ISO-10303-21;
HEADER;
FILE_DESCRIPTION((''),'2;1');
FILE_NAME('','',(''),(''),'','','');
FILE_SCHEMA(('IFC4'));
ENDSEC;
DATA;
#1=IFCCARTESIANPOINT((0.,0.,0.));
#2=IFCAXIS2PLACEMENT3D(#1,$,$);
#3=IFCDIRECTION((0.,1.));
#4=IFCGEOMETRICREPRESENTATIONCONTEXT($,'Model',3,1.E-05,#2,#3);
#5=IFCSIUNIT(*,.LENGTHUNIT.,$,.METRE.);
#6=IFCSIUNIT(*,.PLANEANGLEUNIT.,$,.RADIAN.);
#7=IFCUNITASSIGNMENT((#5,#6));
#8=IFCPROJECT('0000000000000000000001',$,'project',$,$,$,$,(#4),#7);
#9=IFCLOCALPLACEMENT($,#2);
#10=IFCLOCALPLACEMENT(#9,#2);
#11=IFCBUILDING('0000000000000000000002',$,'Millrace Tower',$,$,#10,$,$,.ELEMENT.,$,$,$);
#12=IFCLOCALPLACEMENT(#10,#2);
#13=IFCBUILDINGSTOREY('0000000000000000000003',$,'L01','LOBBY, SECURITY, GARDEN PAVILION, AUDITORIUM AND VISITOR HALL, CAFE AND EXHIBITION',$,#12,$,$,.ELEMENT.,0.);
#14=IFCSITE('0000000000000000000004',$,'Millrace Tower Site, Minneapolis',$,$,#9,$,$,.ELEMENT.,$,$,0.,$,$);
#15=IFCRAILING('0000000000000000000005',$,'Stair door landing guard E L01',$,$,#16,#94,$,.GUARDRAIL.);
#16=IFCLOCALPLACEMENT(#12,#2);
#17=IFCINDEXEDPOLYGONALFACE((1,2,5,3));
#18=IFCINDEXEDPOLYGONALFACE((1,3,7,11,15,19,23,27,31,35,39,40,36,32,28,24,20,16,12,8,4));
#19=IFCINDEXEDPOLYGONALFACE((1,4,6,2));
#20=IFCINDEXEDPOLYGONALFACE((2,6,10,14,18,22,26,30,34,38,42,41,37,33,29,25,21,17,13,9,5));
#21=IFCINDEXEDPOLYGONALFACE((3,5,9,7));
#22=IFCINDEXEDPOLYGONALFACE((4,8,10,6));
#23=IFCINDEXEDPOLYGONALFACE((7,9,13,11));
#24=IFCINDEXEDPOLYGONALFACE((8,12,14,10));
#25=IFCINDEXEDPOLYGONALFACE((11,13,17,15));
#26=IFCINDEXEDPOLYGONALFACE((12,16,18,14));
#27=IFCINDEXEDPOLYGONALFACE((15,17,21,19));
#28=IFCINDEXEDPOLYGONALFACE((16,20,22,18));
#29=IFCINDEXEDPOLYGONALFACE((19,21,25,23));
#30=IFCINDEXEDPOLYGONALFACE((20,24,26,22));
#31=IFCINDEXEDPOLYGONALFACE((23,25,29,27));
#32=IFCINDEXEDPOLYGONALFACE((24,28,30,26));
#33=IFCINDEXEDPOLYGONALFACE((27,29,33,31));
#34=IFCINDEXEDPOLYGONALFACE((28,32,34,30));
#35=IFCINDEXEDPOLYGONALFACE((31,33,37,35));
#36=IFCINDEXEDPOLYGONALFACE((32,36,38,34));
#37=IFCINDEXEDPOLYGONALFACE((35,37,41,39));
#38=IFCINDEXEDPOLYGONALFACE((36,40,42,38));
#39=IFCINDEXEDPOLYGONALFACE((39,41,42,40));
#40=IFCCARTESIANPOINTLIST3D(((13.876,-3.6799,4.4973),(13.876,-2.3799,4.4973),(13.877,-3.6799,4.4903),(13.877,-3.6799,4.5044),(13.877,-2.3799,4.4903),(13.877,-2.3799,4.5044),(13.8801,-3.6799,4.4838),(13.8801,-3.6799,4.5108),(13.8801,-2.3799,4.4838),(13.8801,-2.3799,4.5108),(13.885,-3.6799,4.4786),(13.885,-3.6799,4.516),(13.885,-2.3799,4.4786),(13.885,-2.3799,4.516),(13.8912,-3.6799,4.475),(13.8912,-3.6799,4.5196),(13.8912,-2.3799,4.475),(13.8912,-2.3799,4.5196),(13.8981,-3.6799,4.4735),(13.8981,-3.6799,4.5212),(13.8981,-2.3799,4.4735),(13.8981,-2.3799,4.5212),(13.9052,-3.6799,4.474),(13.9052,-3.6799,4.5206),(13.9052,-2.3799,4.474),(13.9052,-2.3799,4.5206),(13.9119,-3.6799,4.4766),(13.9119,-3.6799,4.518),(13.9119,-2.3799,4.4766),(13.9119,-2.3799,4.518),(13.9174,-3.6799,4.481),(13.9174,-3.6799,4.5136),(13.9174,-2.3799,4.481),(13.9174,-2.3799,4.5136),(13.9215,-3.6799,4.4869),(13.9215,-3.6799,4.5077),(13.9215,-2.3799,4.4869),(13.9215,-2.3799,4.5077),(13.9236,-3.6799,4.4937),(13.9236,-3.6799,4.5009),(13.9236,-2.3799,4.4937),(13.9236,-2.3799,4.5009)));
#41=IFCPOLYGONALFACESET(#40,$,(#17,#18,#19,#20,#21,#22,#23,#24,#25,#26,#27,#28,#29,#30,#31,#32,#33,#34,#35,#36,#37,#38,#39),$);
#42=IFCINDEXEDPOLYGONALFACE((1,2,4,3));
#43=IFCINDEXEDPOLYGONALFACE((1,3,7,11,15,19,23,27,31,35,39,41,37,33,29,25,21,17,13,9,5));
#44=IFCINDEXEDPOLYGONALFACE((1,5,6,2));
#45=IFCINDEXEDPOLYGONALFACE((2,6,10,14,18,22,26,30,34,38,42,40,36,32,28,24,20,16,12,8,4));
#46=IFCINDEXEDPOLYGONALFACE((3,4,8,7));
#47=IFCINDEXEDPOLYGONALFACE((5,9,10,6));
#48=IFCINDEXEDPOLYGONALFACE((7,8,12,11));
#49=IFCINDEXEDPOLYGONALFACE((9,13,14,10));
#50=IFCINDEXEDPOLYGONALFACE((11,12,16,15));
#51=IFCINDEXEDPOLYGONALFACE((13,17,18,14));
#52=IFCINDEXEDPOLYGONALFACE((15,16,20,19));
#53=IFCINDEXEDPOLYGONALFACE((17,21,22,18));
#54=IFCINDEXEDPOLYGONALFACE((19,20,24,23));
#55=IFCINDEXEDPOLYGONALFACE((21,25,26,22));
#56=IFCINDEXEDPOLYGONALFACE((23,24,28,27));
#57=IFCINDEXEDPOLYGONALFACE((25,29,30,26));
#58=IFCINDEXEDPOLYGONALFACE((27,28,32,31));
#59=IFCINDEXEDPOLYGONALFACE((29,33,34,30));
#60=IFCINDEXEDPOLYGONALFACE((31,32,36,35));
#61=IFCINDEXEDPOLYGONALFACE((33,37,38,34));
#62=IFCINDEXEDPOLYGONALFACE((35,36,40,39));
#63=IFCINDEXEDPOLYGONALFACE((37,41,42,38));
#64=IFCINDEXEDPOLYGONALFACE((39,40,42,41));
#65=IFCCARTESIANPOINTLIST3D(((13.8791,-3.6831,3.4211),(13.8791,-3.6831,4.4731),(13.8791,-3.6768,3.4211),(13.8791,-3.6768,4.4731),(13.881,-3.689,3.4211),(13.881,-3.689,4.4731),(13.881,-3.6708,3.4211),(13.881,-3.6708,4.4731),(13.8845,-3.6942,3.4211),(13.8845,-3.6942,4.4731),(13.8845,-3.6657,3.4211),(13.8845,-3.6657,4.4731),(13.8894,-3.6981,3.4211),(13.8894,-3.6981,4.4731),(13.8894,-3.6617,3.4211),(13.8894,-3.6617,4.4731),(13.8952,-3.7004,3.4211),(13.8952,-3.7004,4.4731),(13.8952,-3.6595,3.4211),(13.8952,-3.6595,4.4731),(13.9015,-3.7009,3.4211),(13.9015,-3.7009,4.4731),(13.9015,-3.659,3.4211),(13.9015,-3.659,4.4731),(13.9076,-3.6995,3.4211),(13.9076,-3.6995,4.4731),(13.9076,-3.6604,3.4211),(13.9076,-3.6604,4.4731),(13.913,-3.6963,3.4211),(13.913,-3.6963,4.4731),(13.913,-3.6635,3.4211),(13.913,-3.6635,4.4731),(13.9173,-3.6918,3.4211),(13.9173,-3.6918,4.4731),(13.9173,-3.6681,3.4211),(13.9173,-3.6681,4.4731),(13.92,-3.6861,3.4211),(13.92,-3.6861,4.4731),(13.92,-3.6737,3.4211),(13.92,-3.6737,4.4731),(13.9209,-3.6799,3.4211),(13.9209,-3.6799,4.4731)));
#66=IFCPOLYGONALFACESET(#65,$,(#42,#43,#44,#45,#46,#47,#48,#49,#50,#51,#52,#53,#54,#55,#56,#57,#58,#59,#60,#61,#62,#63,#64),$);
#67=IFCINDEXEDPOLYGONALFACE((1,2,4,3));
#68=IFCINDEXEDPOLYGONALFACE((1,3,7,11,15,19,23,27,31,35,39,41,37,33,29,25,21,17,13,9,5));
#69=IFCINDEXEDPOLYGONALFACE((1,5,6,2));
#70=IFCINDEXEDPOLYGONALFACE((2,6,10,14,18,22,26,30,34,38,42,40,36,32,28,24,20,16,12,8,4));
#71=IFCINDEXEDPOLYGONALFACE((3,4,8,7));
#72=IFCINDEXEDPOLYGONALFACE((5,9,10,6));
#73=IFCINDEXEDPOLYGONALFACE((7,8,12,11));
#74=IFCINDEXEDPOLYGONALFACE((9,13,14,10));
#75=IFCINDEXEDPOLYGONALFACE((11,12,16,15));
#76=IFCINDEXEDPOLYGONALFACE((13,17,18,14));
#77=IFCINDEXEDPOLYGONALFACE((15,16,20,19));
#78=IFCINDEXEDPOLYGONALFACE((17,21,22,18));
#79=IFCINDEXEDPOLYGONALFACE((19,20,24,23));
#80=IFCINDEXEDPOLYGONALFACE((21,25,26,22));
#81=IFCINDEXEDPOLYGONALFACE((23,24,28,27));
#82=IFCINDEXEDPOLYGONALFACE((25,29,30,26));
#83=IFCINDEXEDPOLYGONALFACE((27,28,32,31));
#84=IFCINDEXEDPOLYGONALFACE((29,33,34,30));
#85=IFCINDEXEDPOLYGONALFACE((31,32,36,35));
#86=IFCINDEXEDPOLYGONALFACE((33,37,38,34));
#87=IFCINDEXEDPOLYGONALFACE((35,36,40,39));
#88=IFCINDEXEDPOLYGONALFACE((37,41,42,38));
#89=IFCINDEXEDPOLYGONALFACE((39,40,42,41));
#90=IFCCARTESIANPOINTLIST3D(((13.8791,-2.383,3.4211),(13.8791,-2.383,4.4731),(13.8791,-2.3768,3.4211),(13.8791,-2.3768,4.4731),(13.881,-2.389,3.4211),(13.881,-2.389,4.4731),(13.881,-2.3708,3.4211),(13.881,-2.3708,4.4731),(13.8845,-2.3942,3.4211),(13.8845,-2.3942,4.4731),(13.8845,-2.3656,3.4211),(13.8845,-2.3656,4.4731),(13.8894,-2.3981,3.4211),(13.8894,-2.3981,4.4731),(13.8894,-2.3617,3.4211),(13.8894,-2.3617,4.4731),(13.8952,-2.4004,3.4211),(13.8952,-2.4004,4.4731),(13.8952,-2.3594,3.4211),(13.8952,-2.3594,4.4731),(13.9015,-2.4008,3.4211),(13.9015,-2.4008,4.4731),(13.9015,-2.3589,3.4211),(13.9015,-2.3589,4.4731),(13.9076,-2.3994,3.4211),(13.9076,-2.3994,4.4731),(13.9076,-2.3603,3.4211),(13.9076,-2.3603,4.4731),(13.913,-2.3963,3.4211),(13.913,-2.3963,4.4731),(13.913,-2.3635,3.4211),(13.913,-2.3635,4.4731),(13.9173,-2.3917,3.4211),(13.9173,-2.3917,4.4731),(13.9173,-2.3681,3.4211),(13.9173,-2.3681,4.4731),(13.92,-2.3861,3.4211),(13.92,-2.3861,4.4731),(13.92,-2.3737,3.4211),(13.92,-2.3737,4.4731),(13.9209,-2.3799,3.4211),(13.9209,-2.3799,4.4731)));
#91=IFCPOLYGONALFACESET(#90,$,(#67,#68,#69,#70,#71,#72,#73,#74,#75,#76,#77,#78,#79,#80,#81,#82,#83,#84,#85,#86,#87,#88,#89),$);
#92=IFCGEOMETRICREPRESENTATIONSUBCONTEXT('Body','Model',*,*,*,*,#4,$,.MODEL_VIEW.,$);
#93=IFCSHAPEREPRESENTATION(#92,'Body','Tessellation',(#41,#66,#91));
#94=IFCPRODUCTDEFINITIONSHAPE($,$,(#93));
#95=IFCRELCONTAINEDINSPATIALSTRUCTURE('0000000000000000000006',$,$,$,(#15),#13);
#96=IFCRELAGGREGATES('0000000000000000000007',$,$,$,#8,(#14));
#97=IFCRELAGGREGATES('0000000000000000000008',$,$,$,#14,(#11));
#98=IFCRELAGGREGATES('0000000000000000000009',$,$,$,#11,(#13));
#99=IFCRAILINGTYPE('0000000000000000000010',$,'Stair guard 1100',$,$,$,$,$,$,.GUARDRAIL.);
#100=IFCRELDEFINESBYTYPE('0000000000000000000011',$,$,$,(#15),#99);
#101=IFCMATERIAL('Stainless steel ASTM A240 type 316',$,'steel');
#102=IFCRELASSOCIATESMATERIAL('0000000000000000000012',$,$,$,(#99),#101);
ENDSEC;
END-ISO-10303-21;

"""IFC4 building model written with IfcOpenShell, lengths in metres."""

from ifc_helpers import new_model, si_unit, direction, frame, origin, origin_2d, place, context, subcontext, project, spatial, circle, extrude, material, type_object, element, save


model = new_model("IFC4")

# Units and contexts
model_context = context("Model", 3, precision=1e-05, world=origin(), true_north=direction((0.0, 1.0)))
body_context = subcontext(model_context, "Body", "Model", "MODEL_VIEW")
ifc_project = project(units=[si_unit("LENGTHUNIT", "METRE"), si_unit("PLANEANGLEUNIT", "RADIAN")], contexts=[model_context])

# Site, building, storey
site_placement = place(None, origin())
site = spatial("IfcSite", under=ifc_project, at=site_placement, Name="Millrace Tower Site, Minneapolis", CompositionType="ELEMENT", RefElevation=0.0)
building_placement = place(site_placement, origin())
building = spatial("IfcBuilding", under=site, at=building_placement, Name="Millrace Tower", CompositionType="ELEMENT")
storey_placement = place(building_placement, origin())
storey = spatial("IfcBuildingStorey", under=building, at=storey_placement, Name="L01", Description="LOBBY, SECURITY, GARDEN PAVILION, AUDITORIUM AND VISITOR HALL, CAFE AND EXHIBITION", CompositionType="ELEMENT", Elevation=0.0)

# Railing
ifc_material_1 = material(Name="Stainless steel ASTM A240 type 316", Category="steel")
railing_type_1 = type_object("IfcRailingType", Name="Stair guard 1100", PredefinedType="GUARDRAIL", material=ifc_material_1)
railing_1_placement = place(storey_placement, frame((13.8999, -3.6799, 3.4211)))
element("IfcRailing", 1, at=railing_1_placement, inside=storey, type_object=railing_type_1, Name="Stair door landing guard E L01", PredefinedType="GUARDRAIL", context=body_context, shape_type="SweptSolid", body=[
    extrude(circle(Radius=0.0239, at=origin_2d()), frame((0.0, 0.0, 1.0762), z_axis=(0.0, 1.0, 0.0), x_axis=(-1.0, 0.0, 0.0)), (0.0, 0.0, 1.0), 1.3),
    extrude(circle(Radius=0.021, at=origin_2d()), origin(), (0.0, 0.0, 1.0), 1.052),
    extrude(circle(Radius=0.021, at=origin_2d()), frame((0.0, 1.3, 0.0)), (0.0, 0.0, 1.0), 1.052),
])

save(model, "model.ifc")
